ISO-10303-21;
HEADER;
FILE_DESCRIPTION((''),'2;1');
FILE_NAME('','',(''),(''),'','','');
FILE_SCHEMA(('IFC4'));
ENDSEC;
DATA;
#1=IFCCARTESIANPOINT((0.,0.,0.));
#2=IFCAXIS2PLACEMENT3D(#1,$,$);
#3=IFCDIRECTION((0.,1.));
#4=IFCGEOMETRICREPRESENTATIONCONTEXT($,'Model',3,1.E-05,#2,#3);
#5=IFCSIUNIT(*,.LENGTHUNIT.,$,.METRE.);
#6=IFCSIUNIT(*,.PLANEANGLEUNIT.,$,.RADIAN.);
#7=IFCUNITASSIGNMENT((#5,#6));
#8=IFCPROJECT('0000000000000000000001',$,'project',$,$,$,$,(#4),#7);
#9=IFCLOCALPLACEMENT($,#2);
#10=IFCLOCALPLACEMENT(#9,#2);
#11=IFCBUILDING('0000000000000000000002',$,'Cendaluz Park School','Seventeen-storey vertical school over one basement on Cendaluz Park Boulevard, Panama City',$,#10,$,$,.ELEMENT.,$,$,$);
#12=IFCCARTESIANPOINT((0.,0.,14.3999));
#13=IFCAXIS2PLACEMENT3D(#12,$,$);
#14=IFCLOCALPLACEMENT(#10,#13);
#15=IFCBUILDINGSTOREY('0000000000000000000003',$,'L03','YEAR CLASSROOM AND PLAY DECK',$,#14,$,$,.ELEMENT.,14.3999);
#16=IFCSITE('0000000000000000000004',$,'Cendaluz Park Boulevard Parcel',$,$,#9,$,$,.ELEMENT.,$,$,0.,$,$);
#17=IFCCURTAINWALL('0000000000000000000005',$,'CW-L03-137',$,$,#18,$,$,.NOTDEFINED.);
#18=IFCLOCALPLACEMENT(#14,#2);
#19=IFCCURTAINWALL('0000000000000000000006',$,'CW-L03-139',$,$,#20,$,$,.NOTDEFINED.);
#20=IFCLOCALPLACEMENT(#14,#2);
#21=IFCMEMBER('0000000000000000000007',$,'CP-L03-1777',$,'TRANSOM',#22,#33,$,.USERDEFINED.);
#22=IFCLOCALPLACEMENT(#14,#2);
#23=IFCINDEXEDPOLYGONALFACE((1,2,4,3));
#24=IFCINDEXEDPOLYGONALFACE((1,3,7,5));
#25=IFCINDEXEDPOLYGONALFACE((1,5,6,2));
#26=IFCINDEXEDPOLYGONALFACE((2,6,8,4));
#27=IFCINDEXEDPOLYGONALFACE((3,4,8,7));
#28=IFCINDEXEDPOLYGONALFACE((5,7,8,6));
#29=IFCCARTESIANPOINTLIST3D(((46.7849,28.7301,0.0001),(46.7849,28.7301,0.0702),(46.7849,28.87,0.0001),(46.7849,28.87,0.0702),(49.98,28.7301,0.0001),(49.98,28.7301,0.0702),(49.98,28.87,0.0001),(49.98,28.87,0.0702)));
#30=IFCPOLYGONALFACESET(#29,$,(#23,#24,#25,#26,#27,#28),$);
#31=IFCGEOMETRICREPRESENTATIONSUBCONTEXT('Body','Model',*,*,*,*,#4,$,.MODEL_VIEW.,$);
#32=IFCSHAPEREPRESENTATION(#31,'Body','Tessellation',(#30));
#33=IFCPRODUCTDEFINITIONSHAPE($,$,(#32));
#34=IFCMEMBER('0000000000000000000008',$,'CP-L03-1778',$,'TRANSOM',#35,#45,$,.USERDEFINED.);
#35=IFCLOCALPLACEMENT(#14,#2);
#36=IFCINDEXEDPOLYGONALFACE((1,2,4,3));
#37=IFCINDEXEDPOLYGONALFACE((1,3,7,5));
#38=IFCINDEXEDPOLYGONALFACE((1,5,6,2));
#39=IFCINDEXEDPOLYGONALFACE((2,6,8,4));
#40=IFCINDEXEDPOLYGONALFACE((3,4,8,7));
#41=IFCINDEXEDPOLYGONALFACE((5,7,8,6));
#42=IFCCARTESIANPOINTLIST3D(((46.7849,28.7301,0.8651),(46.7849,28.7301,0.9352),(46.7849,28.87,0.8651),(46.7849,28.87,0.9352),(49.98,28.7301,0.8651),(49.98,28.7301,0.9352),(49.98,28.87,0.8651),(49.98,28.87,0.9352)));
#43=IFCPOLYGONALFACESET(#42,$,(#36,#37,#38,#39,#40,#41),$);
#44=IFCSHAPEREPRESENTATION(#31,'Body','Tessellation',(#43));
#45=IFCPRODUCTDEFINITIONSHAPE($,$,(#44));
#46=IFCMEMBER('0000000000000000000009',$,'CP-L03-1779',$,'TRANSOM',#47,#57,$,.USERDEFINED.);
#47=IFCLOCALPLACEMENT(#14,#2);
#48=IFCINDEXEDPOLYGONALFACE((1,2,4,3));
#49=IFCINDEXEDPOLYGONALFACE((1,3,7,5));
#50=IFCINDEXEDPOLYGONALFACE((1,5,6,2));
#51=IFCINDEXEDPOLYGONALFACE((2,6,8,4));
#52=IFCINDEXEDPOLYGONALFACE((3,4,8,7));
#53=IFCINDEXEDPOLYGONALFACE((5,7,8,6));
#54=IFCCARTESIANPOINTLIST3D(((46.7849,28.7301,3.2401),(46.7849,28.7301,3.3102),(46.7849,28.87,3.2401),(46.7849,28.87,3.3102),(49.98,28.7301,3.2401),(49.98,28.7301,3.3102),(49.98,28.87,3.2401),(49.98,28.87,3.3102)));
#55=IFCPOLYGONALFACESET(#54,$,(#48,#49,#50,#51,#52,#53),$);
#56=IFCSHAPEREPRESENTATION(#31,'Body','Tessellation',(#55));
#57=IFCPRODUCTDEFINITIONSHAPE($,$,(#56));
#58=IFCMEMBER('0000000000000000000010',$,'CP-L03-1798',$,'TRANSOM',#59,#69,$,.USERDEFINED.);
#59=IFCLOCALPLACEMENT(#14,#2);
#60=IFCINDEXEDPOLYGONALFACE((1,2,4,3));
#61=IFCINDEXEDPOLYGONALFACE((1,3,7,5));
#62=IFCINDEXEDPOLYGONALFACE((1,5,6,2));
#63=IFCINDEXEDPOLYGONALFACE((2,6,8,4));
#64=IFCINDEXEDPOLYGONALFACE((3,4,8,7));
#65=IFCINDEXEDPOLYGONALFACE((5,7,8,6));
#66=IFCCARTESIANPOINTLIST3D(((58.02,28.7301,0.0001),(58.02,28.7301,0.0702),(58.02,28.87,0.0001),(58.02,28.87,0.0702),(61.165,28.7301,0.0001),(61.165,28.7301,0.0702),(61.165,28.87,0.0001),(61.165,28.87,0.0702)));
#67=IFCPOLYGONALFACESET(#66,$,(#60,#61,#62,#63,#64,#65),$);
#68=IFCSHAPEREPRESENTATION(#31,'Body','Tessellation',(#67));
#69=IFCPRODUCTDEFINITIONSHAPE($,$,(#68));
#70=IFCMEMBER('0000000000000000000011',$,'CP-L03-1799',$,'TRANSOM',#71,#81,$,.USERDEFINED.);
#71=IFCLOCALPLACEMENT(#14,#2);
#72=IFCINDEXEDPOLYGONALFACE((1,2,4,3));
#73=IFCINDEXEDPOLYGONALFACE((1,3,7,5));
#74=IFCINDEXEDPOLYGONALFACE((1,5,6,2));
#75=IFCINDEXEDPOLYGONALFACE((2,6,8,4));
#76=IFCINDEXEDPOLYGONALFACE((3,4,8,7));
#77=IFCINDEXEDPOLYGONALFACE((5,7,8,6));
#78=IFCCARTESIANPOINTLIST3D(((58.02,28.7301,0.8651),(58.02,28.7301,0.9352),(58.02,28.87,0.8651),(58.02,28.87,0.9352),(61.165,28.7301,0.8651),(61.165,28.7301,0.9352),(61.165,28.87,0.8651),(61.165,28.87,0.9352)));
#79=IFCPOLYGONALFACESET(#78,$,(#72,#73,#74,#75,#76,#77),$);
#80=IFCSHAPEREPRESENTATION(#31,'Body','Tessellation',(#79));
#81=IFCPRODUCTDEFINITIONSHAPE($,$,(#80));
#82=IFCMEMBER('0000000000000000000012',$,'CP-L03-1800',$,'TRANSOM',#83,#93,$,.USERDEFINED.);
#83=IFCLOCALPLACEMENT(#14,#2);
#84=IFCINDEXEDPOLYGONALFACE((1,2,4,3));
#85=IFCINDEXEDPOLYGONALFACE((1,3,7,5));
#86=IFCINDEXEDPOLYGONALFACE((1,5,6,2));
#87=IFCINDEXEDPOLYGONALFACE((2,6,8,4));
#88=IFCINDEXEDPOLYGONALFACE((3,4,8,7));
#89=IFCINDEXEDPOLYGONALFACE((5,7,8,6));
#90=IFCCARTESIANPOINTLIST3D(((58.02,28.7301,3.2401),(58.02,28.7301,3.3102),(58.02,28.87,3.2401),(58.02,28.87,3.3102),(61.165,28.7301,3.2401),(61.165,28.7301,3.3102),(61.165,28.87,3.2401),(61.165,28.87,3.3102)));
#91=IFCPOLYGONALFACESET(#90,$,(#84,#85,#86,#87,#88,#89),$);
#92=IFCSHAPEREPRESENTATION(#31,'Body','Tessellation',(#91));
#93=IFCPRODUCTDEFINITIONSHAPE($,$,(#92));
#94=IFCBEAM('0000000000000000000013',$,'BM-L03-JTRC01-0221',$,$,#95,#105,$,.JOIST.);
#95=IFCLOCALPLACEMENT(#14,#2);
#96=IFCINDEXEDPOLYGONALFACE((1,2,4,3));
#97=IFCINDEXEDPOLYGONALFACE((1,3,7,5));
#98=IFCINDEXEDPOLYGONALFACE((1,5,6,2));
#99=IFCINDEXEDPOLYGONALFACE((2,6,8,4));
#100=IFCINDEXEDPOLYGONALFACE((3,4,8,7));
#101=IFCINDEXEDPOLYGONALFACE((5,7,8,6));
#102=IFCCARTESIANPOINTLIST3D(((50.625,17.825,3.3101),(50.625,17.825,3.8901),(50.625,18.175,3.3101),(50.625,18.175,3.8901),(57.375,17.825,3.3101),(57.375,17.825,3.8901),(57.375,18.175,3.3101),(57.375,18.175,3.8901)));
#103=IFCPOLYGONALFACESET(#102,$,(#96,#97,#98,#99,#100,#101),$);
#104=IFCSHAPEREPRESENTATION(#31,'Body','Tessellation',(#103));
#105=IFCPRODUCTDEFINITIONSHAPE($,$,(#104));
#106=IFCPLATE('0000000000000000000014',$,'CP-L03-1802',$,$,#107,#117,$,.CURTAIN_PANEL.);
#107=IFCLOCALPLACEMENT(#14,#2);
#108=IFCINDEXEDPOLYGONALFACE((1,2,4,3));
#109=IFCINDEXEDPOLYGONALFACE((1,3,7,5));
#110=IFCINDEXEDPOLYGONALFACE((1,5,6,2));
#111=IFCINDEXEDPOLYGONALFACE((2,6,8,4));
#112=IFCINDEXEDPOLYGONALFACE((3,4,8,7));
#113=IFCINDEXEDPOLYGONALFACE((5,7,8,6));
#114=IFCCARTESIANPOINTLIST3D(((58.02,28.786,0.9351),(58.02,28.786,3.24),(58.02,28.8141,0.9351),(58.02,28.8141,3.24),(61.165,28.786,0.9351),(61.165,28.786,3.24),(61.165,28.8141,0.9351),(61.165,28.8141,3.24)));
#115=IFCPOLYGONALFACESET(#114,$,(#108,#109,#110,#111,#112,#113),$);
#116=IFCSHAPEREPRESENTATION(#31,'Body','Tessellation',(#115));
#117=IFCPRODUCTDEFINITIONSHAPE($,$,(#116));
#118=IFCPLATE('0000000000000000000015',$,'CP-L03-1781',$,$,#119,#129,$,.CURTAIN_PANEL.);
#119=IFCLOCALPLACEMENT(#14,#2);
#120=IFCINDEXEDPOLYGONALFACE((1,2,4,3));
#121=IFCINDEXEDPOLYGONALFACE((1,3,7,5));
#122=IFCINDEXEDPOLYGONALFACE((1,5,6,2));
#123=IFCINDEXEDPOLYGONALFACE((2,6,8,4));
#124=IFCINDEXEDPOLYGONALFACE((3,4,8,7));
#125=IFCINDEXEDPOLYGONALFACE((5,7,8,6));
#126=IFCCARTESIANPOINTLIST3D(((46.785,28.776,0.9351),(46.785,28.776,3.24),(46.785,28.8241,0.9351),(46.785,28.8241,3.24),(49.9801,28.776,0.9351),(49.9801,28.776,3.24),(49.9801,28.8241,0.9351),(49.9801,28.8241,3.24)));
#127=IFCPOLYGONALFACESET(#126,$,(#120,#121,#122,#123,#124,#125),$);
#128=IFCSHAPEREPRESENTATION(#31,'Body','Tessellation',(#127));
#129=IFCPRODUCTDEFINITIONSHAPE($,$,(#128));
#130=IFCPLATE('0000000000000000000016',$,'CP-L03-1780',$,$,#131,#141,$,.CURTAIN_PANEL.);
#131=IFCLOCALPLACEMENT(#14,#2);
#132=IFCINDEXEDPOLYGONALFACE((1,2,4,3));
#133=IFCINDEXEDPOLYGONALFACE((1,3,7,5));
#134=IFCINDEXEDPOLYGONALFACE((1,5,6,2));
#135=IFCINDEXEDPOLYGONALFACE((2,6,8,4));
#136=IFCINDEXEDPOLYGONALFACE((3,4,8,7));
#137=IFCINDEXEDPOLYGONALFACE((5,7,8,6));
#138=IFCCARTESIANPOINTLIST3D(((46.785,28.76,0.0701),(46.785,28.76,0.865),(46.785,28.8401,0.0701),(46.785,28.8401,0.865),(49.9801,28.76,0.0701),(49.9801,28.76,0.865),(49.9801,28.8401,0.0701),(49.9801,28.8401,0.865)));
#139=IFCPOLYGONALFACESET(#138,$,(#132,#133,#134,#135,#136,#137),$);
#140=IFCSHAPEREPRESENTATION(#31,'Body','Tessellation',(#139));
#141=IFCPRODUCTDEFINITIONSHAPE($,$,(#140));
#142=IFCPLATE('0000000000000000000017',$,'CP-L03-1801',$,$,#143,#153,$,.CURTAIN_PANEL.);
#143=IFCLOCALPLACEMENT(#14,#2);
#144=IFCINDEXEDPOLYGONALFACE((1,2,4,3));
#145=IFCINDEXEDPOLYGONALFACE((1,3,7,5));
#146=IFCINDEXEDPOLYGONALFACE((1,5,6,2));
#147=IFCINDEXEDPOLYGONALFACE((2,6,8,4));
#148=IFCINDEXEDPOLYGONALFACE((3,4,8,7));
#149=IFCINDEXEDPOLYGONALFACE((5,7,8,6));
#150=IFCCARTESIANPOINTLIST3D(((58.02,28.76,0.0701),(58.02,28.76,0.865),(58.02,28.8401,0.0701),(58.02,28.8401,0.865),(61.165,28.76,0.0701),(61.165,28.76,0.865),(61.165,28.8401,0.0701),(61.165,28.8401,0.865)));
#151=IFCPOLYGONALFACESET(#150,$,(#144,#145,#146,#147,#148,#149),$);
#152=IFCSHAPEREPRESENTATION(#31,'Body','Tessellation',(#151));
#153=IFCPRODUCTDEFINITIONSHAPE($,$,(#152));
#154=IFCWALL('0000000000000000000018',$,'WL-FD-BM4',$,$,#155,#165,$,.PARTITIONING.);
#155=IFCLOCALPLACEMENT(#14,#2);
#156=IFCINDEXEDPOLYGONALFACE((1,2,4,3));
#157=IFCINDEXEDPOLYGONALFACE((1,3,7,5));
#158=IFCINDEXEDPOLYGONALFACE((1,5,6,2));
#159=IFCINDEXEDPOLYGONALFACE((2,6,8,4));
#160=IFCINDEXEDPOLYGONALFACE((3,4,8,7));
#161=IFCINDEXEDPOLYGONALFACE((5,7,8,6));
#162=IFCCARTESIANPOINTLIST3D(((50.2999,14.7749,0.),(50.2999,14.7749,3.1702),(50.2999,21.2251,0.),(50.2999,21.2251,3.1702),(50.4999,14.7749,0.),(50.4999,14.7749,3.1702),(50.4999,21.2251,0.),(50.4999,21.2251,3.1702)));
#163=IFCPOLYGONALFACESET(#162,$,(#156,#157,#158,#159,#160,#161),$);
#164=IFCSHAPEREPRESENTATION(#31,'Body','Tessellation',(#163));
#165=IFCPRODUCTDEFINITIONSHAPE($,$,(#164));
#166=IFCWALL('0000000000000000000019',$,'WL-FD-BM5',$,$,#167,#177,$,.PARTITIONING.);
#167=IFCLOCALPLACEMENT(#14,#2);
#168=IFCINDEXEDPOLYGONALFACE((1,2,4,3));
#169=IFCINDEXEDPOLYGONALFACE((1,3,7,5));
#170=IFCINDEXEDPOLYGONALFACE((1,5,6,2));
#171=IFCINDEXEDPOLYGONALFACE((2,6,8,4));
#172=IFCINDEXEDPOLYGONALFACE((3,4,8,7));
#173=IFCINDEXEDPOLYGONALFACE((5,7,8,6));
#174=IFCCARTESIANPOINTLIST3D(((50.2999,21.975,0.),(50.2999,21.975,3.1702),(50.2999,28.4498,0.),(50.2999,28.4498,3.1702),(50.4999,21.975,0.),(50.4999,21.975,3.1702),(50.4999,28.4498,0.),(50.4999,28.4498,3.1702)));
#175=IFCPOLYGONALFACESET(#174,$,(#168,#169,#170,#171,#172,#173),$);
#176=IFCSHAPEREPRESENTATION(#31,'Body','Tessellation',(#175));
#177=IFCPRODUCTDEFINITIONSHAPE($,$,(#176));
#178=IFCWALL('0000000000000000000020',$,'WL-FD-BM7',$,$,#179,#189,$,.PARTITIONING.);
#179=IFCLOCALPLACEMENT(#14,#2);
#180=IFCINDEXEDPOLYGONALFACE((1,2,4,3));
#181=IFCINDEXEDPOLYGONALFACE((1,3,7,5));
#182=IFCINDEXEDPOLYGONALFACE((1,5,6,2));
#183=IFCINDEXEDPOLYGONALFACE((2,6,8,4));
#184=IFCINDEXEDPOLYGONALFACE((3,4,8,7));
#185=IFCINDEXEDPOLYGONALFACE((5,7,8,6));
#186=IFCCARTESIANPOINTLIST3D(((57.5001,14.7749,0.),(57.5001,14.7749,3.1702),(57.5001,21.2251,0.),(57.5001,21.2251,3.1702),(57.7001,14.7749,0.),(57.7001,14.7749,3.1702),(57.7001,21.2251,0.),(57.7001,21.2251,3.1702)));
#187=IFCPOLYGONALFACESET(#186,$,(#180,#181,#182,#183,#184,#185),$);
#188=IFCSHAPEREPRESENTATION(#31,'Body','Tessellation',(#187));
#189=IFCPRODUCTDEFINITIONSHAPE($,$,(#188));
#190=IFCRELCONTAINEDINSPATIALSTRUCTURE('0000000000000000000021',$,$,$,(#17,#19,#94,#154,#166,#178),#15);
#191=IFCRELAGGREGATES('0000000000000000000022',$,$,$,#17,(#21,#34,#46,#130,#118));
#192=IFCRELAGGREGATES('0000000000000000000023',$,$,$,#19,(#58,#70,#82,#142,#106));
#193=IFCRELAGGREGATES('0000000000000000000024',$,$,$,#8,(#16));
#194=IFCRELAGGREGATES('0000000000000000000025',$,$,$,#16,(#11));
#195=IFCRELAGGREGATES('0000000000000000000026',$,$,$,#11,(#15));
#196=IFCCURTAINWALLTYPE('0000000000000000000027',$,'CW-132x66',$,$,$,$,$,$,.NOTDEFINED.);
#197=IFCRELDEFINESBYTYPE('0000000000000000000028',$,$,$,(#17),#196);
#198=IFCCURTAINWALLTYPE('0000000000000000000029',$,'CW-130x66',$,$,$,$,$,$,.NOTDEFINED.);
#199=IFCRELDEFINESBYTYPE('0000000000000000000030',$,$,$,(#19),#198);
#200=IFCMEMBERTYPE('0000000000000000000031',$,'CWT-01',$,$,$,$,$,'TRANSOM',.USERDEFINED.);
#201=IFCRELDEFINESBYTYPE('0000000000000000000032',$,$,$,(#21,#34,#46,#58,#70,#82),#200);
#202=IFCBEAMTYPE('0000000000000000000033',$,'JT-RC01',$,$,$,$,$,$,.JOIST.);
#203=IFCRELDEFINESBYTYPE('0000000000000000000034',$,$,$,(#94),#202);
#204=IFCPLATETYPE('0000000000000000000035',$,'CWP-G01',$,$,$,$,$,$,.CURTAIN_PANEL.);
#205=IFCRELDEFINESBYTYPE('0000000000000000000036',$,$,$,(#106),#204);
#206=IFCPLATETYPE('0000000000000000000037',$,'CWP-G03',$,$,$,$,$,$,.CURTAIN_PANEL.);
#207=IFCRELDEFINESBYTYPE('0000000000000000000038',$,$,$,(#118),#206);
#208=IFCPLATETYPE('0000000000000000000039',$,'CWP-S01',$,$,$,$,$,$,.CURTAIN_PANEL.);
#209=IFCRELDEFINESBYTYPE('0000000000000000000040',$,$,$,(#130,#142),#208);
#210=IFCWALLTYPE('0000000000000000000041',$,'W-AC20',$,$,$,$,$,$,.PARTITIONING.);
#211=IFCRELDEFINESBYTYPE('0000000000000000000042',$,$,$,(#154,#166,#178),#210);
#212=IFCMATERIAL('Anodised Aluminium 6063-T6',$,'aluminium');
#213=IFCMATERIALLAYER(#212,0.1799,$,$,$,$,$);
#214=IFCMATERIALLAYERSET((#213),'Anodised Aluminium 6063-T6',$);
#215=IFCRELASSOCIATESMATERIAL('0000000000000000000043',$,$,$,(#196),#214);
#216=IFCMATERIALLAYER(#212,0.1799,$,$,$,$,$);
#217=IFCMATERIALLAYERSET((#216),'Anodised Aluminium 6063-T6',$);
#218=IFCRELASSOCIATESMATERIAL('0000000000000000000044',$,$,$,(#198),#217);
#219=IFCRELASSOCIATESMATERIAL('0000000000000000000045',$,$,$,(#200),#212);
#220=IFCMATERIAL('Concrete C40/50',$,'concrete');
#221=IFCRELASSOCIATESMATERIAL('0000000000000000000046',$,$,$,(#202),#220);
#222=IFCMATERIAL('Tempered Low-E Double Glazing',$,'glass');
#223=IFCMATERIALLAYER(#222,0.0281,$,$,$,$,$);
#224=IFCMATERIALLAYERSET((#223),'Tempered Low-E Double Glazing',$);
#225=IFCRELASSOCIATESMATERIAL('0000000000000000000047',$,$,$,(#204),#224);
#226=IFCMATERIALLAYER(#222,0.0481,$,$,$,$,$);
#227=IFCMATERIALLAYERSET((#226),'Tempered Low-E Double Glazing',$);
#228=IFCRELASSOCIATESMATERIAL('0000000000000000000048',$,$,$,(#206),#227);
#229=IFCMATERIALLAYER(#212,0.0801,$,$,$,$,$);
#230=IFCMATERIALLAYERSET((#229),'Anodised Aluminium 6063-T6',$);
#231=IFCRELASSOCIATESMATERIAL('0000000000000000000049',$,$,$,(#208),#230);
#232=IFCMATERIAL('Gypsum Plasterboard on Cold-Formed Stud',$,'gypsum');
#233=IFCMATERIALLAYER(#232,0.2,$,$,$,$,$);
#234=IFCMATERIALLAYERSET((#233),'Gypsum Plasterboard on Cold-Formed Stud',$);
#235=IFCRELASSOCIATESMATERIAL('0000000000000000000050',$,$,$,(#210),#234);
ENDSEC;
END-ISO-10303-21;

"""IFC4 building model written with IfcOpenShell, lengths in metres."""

from ifc_helpers import new_model, si_unit, direction, frame, frame_2d, origin, origin_2d, place, context, subcontext, project, spatial, rectangle, extrude, material, layer, layer_set, material_profile, profile_set, type_object, element, aggregate, save


model = new_model("IFC4")

# Units and contexts
model_context = context("Model", 3, precision=1e-05, world=origin(), true_north=direction((0.0, 1.0)))
body_context = subcontext(model_context, "Body", "Model", "MODEL_VIEW")
ifc_project = project(units=[si_unit("LENGTHUNIT", "METRE"), si_unit("PLANEANGLEUNIT", "RADIAN")], contexts=[model_context])

# Site, building, storey
site_placement = place(None, origin())
site = spatial("IfcSite", under=ifc_project, at=site_placement, Name="Cendaluz Park Boulevard Parcel", CompositionType="ELEMENT", RefElevation=0.0)
building_placement = place(site_placement, origin())
building = spatial("IfcBuilding", under=site, at=building_placement, Name="Cendaluz Park School", Description="Seventeen-storey vertical school over one basement on Cendaluz Park Boulevard, Panama City", CompositionType="ELEMENT")
storey_placement = place(building_placement, frame((0.0, 0.0, 14.3999)))
storey = spatial("IfcBuildingStorey", under=building, at=storey_placement, Name="L03", Description="YEAR CLASSROOM AND PLAY DECK", CompositionType="ELEMENT", Elevation=14.3999)

# Shared definitions
ifc_material_1 = material(Name="Concrete C40/50", Category="concrete")

# Curtain wall
ifc_material_2 = material(Name="Anodised Aluminium 6063-T6", Category="aluminium")
ifc_layer_1 = layer(ifc_material_2, 0.1799)
ifc_layer_set_1 = layer_set([ifc_layer_1], Name="Anodised Aluminium 6063-T6")
curtain_wall_type_1 = type_object("IfcCurtainWallType", Name="CW-132x66", PredefinedType="NOTDEFINED", material=ifc_layer_set_1)
curtain_wall_1_placement = place(storey_placement, origin())
curtain_wall_1 = element("IfcCurtainWall", 1, at=curtain_wall_1_placement, inside=storey, type_object=curtain_wall_type_1, Name="CW-L03-137", PredefinedType="NOTDEFINED")

# Curtain wall
ifc_layer_2 = layer(ifc_material_2, 0.1799)
ifc_layer_set_2 = layer_set([ifc_layer_2], Name="Anodised Aluminium 6063-T6")
curtain_wall_type_2 = type_object("IfcCurtainWallType", Name="CW-130x66", PredefinedType="NOTDEFINED", material=ifc_layer_set_2)
curtain_wall_2_placement = place(storey_placement, origin())
curtain_wall_2 = element("IfcCurtainWall", 2, at=curtain_wall_2_placement, inside=storey, type_object=curtain_wall_type_2, Name="CW-L03-139", PredefinedType="NOTDEFINED")

# Members
ifc_material_profile_1 = material_profile(ifc_material_2, rectangle(XDim=0.1399, YDim=0.0701, at=origin_2d()), Name="CWT 140x70", Category="aluminium")
ifc_profile_set_1 = profile_set([ifc_material_profile_1], Name="Anodised Aluminium 6063-T6")
member_type_1 = type_object("IfcMemberType", Name="CWT-01", ElementType="TRANSOM", PredefinedType="USERDEFINED", material=ifc_profile_set_1)
member_1_placement = place(storey_placement, frame((46.7849, 28.8, 0.0352), z_axis=(1.0, 0.0, 0.0), x_axis=(0.0, 1.0, 0.0)))
member_1 = element("IfcMember", 3, at=member_1_placement, type_object=member_type_1, Name="CP-L03-1777", ObjectType="TRANSOM", PredefinedType="USERDEFINED", context=body_context, shape_type="SweptSolid", body=[
    extrude(rectangle(XDim=0.1399, YDim=0.0701, at=origin_2d()), origin(), (0.0, 0.0, 1.0), 3.1951),
])
member_2_placement = place(storey_placement, frame((46.7849, 28.8, 0.9001), z_axis=(1.0, 0.0, 0.0), x_axis=(0.0, 1.0, 0.0)))
member_2 = element("IfcMember", 4, at=member_2_placement, type_object=member_type_1, Name="CP-L03-1778", ObjectType="TRANSOM", PredefinedType="USERDEFINED", context=body_context, shape_type="SweptSolid", body=[
    extrude(rectangle(XDim=0.1399, YDim=0.0701, at=origin_2d()), origin(), (0.0, 0.0, 1.0), 3.1951),
])
member_3_placement = place(storey_placement, frame((46.7849, 28.8, 3.2751), z_axis=(1.0, 0.0, 0.0), x_axis=(0.0, 1.0, 0.0)))
member_3 = element("IfcMember", 5, at=member_3_placement, type_object=member_type_1, Name="CP-L03-1779", ObjectType="TRANSOM", PredefinedType="USERDEFINED", context=body_context, shape_type="SweptSolid", body=[
    extrude(rectangle(XDim=0.1399, YDim=0.0701, at=origin_2d()), origin(), (0.0, 0.0, 1.0), 3.1951),
])
member_4_placement = place(storey_placement, frame((58.02, 28.8, 0.0352), z_axis=(1.0, 0.0, 0.0), x_axis=(0.0, 1.0, 0.0)))
member_4 = element("IfcMember", 6, at=member_4_placement, type_object=member_type_1, Name="CP-L03-1798", ObjectType="TRANSOM", PredefinedType="USERDEFINED", context=body_context, shape_type="SweptSolid", body=[
    extrude(rectangle(XDim=0.1399, YDim=0.0701, at=origin_2d()), origin(), (0.0, 0.0, 1.0), 3.145),
])
member_5_placement = place(storey_placement, frame((58.02, 28.8, 0.9001), z_axis=(1.0, 0.0, 0.0), x_axis=(0.0, 1.0, 0.0)))
member_5 = element("IfcMember", 7, at=member_5_placement, type_object=member_type_1, Name="CP-L03-1799", ObjectType="TRANSOM", PredefinedType="USERDEFINED", context=body_context, shape_type="SweptSolid", body=[
    extrude(rectangle(XDim=0.1399, YDim=0.0701, at=origin_2d()), origin(), (0.0, 0.0, 1.0), 3.145),
])
member_6_placement = place(storey_placement, frame((58.02, 28.8, 3.2751), z_axis=(1.0, 0.0, 0.0), x_axis=(0.0, 1.0, 0.0)))
member_6 = element("IfcMember", 8, at=member_6_placement, type_object=member_type_1, Name="CP-L03-1800", ObjectType="TRANSOM", PredefinedType="USERDEFINED", context=body_context, shape_type="SweptSolid", body=[
    extrude(rectangle(XDim=0.1399, YDim=0.0701, at=origin_2d()), origin(), (0.0, 0.0, 1.0), 3.145),
])

# Beam
ifc_material_profile_2 = material_profile(ifc_material_1, rectangle(XDim=0.3501, YDim=0.5801, at=origin_2d()), Name="RC 350x580", Category="concrete")
ifc_profile_set_2 = profile_set([ifc_material_profile_2], Name="Concrete C40/50")
beam_type_1 = type_object("IfcBeamType", Name="JT-RC01", PredefinedType="JOIST", material=ifc_profile_set_2)
beam_1_placement = place(storey_placement, frame((50.625, 18.0, 3.6001), z_axis=(1.0, 0.0, 0.0), x_axis=(0.0, 1.0, 0.0)))
element("IfcBeam", 9, at=beam_1_placement, inside=storey, type_object=beam_type_1, Name="BM-L03-JTRC01-0221", PredefinedType="JOIST", context=body_context, shape_type="SweptSolid", body=[
    extrude(rectangle(XDim=0.3501, YDim=0.5801, at=origin_2d()), origin(), (0.0, 0.0, 1.0), 6.75),
])

# Plates
ifc_material_3 = material(Name="Tempered Low-E Double Glazing", Category="glass")
ifc_layer_3 = layer(ifc_material_3, 0.0281)
ifc_layer_set_3 = layer_set([ifc_layer_3], Name="Tempered Low-E Double Glazing")
plate_type_1 = type_object("IfcPlateType", Name="CWP-G01", PredefinedType="CURTAIN_PANEL", material=ifc_layer_set_3)
plate_1_placement = place(storey_placement, frame((59.5925, 28.8, 0.9351), z_axis=(0.0, 0.0, 1.0), x_axis=(1.0, 0.0, 0.0)))
plate_1 = element("IfcPlate", 10, at=plate_1_placement, type_object=plate_type_1, Name="CP-L03-1802", PredefinedType="CURTAIN_PANEL", context=body_context, shape_type="SweptSolid", body=[
    extrude(rectangle(XDim=3.145, YDim=0.0281, at=origin_2d()), origin(), (0.0, 0.0, 1.0), 2.3049),
])
ifc_layer_4 = layer(ifc_material_3, 0.0481)
ifc_layer_set_4 = layer_set([ifc_layer_4], Name="Tempered Low-E Double Glazing")
plate_type_2 = type_object("IfcPlateType", Name="CWP-G03", PredefinedType="CURTAIN_PANEL", material=ifc_layer_set_4)
plate_2_placement = place(storey_placement, frame((48.3826, 28.8, 0.9351), z_axis=(0.0, 0.0, 1.0), x_axis=(1.0, 0.0, 0.0)))
plate_2 = element("IfcPlate", 11, at=plate_2_placement, type_object=plate_type_2, Name="CP-L03-1781", PredefinedType="CURTAIN_PANEL", context=body_context, shape_type="SweptSolid", body=[
    extrude(rectangle(XDim=3.1951, YDim=0.0481, at=origin_2d()), origin(), (0.0, 0.0, 1.0), 2.3049),
])
ifc_layer_5 = layer(ifc_material_2, 0.0801)
ifc_layer_set_5 = layer_set([ifc_layer_5], Name="Anodised Aluminium 6063-T6")
plate_type_3 = type_object("IfcPlateType", Name="CWP-S01", PredefinedType="CURTAIN_PANEL", material=ifc_layer_set_5)
plate_3_placement = place(storey_placement, frame((48.3826, 28.8, 0.0701), z_axis=(0.0, 0.0, 1.0), x_axis=(1.0, 0.0, 0.0)))
plate_3 = element("IfcPlate", 12, at=plate_3_placement, type_object=plate_type_3, Name="CP-L03-1780", PredefinedType="CURTAIN_PANEL", context=body_context, shape_type="SweptSolid", body=[
    extrude(rectangle(XDim=3.1951, YDim=0.0801, at=origin_2d()), origin(), (0.0, 0.0, 1.0), 0.7949),
])
aggregate(curtain_wall_1, [member_1, member_2, member_3, plate_3, plate_2])
plate_4_placement = place(storey_placement, frame((59.5925, 28.8, 0.0701), z_axis=(0.0, 0.0, 1.0), x_axis=(1.0, 0.0, 0.0)))
plate_4 = element("IfcPlate", 13, at=plate_4_placement, type_object=plate_type_3, Name="CP-L03-1801", PredefinedType="CURTAIN_PANEL", context=body_context, shape_type="SweptSolid", body=[
    extrude(rectangle(XDim=3.145, YDim=0.0801, at=origin_2d()), origin(), (0.0, 0.0, 1.0), 0.7949),
])
aggregate(curtain_wall_2, [member_4, member_5, member_6, plate_4, plate_1])

# Walls
ifc_material_4 = material(Name="Gypsum Plasterboard on Cold-Formed Stud", Category="gypsum")
ifc_layer_6 = layer(ifc_material_4, 0.2)
ifc_layer_set_6 = layer_set([ifc_layer_6], Name="Gypsum Plasterboard on Cold-Formed Stud")
wall_type_1 = type_object("IfcWallType", Name="W-AC20", PredefinedType="PARTITIONING", material=ifc_layer_set_6)
wall_1_placement = place(storey_placement, frame((50.3999, 14.7749, 0.0), z_axis=(0.0, 0.0, 1.0), x_axis=(0.0, 1.0, 0.0)))
element("IfcWall", 14, at=wall_1_placement, inside=storey, type_object=wall_type_1, Name="WL-FD-BM4", PredefinedType="PARTITIONING", context=body_context, shape_type="SweptSolid", body=[
    extrude(rectangle(XDim=6.4502, YDim=0.2, at=frame_2d((3.2251, 0.0))), origin(), (0.0, 0.0, 1.0), 3.1702),
])
wall_2_placement = place(storey_placement, frame((50.3999, 21.9751, 0.0), z_axis=(0.0, 0.0, 1.0), x_axis=(0.0, 1.0, 0.0)))
element("IfcWall", 15, at=wall_2_placement, inside=storey, type_object=wall_type_1, Name="WL-FD-BM5", PredefinedType="PARTITIONING", context=body_context, shape_type="SweptSolid", body=[
    extrude(rectangle(XDim=6.4749, YDim=0.2, at=frame_2d((3.2373, 0.0))), origin(), (0.0, 0.0, 1.0), 3.1702),
])
wall_3_placement = place(storey_placement, frame((57.6001, 14.7749, 0.0), z_axis=(0.0, 0.0, 1.0), x_axis=(0.0, 1.0, 0.0)))
element("IfcWall", 16, at=wall_3_placement, inside=storey, type_object=wall_type_1, Name="WL-FD-BM7", PredefinedType="PARTITIONING", context=body_context, shape_type="SweptSolid", body=[
    extrude(rectangle(XDim=6.4502, YDim=0.2, at=frame_2d((3.2251, 0.0))), origin(), (0.0, 0.0, 1.0), 3.1702),
])

save(model, "model.ifc")
